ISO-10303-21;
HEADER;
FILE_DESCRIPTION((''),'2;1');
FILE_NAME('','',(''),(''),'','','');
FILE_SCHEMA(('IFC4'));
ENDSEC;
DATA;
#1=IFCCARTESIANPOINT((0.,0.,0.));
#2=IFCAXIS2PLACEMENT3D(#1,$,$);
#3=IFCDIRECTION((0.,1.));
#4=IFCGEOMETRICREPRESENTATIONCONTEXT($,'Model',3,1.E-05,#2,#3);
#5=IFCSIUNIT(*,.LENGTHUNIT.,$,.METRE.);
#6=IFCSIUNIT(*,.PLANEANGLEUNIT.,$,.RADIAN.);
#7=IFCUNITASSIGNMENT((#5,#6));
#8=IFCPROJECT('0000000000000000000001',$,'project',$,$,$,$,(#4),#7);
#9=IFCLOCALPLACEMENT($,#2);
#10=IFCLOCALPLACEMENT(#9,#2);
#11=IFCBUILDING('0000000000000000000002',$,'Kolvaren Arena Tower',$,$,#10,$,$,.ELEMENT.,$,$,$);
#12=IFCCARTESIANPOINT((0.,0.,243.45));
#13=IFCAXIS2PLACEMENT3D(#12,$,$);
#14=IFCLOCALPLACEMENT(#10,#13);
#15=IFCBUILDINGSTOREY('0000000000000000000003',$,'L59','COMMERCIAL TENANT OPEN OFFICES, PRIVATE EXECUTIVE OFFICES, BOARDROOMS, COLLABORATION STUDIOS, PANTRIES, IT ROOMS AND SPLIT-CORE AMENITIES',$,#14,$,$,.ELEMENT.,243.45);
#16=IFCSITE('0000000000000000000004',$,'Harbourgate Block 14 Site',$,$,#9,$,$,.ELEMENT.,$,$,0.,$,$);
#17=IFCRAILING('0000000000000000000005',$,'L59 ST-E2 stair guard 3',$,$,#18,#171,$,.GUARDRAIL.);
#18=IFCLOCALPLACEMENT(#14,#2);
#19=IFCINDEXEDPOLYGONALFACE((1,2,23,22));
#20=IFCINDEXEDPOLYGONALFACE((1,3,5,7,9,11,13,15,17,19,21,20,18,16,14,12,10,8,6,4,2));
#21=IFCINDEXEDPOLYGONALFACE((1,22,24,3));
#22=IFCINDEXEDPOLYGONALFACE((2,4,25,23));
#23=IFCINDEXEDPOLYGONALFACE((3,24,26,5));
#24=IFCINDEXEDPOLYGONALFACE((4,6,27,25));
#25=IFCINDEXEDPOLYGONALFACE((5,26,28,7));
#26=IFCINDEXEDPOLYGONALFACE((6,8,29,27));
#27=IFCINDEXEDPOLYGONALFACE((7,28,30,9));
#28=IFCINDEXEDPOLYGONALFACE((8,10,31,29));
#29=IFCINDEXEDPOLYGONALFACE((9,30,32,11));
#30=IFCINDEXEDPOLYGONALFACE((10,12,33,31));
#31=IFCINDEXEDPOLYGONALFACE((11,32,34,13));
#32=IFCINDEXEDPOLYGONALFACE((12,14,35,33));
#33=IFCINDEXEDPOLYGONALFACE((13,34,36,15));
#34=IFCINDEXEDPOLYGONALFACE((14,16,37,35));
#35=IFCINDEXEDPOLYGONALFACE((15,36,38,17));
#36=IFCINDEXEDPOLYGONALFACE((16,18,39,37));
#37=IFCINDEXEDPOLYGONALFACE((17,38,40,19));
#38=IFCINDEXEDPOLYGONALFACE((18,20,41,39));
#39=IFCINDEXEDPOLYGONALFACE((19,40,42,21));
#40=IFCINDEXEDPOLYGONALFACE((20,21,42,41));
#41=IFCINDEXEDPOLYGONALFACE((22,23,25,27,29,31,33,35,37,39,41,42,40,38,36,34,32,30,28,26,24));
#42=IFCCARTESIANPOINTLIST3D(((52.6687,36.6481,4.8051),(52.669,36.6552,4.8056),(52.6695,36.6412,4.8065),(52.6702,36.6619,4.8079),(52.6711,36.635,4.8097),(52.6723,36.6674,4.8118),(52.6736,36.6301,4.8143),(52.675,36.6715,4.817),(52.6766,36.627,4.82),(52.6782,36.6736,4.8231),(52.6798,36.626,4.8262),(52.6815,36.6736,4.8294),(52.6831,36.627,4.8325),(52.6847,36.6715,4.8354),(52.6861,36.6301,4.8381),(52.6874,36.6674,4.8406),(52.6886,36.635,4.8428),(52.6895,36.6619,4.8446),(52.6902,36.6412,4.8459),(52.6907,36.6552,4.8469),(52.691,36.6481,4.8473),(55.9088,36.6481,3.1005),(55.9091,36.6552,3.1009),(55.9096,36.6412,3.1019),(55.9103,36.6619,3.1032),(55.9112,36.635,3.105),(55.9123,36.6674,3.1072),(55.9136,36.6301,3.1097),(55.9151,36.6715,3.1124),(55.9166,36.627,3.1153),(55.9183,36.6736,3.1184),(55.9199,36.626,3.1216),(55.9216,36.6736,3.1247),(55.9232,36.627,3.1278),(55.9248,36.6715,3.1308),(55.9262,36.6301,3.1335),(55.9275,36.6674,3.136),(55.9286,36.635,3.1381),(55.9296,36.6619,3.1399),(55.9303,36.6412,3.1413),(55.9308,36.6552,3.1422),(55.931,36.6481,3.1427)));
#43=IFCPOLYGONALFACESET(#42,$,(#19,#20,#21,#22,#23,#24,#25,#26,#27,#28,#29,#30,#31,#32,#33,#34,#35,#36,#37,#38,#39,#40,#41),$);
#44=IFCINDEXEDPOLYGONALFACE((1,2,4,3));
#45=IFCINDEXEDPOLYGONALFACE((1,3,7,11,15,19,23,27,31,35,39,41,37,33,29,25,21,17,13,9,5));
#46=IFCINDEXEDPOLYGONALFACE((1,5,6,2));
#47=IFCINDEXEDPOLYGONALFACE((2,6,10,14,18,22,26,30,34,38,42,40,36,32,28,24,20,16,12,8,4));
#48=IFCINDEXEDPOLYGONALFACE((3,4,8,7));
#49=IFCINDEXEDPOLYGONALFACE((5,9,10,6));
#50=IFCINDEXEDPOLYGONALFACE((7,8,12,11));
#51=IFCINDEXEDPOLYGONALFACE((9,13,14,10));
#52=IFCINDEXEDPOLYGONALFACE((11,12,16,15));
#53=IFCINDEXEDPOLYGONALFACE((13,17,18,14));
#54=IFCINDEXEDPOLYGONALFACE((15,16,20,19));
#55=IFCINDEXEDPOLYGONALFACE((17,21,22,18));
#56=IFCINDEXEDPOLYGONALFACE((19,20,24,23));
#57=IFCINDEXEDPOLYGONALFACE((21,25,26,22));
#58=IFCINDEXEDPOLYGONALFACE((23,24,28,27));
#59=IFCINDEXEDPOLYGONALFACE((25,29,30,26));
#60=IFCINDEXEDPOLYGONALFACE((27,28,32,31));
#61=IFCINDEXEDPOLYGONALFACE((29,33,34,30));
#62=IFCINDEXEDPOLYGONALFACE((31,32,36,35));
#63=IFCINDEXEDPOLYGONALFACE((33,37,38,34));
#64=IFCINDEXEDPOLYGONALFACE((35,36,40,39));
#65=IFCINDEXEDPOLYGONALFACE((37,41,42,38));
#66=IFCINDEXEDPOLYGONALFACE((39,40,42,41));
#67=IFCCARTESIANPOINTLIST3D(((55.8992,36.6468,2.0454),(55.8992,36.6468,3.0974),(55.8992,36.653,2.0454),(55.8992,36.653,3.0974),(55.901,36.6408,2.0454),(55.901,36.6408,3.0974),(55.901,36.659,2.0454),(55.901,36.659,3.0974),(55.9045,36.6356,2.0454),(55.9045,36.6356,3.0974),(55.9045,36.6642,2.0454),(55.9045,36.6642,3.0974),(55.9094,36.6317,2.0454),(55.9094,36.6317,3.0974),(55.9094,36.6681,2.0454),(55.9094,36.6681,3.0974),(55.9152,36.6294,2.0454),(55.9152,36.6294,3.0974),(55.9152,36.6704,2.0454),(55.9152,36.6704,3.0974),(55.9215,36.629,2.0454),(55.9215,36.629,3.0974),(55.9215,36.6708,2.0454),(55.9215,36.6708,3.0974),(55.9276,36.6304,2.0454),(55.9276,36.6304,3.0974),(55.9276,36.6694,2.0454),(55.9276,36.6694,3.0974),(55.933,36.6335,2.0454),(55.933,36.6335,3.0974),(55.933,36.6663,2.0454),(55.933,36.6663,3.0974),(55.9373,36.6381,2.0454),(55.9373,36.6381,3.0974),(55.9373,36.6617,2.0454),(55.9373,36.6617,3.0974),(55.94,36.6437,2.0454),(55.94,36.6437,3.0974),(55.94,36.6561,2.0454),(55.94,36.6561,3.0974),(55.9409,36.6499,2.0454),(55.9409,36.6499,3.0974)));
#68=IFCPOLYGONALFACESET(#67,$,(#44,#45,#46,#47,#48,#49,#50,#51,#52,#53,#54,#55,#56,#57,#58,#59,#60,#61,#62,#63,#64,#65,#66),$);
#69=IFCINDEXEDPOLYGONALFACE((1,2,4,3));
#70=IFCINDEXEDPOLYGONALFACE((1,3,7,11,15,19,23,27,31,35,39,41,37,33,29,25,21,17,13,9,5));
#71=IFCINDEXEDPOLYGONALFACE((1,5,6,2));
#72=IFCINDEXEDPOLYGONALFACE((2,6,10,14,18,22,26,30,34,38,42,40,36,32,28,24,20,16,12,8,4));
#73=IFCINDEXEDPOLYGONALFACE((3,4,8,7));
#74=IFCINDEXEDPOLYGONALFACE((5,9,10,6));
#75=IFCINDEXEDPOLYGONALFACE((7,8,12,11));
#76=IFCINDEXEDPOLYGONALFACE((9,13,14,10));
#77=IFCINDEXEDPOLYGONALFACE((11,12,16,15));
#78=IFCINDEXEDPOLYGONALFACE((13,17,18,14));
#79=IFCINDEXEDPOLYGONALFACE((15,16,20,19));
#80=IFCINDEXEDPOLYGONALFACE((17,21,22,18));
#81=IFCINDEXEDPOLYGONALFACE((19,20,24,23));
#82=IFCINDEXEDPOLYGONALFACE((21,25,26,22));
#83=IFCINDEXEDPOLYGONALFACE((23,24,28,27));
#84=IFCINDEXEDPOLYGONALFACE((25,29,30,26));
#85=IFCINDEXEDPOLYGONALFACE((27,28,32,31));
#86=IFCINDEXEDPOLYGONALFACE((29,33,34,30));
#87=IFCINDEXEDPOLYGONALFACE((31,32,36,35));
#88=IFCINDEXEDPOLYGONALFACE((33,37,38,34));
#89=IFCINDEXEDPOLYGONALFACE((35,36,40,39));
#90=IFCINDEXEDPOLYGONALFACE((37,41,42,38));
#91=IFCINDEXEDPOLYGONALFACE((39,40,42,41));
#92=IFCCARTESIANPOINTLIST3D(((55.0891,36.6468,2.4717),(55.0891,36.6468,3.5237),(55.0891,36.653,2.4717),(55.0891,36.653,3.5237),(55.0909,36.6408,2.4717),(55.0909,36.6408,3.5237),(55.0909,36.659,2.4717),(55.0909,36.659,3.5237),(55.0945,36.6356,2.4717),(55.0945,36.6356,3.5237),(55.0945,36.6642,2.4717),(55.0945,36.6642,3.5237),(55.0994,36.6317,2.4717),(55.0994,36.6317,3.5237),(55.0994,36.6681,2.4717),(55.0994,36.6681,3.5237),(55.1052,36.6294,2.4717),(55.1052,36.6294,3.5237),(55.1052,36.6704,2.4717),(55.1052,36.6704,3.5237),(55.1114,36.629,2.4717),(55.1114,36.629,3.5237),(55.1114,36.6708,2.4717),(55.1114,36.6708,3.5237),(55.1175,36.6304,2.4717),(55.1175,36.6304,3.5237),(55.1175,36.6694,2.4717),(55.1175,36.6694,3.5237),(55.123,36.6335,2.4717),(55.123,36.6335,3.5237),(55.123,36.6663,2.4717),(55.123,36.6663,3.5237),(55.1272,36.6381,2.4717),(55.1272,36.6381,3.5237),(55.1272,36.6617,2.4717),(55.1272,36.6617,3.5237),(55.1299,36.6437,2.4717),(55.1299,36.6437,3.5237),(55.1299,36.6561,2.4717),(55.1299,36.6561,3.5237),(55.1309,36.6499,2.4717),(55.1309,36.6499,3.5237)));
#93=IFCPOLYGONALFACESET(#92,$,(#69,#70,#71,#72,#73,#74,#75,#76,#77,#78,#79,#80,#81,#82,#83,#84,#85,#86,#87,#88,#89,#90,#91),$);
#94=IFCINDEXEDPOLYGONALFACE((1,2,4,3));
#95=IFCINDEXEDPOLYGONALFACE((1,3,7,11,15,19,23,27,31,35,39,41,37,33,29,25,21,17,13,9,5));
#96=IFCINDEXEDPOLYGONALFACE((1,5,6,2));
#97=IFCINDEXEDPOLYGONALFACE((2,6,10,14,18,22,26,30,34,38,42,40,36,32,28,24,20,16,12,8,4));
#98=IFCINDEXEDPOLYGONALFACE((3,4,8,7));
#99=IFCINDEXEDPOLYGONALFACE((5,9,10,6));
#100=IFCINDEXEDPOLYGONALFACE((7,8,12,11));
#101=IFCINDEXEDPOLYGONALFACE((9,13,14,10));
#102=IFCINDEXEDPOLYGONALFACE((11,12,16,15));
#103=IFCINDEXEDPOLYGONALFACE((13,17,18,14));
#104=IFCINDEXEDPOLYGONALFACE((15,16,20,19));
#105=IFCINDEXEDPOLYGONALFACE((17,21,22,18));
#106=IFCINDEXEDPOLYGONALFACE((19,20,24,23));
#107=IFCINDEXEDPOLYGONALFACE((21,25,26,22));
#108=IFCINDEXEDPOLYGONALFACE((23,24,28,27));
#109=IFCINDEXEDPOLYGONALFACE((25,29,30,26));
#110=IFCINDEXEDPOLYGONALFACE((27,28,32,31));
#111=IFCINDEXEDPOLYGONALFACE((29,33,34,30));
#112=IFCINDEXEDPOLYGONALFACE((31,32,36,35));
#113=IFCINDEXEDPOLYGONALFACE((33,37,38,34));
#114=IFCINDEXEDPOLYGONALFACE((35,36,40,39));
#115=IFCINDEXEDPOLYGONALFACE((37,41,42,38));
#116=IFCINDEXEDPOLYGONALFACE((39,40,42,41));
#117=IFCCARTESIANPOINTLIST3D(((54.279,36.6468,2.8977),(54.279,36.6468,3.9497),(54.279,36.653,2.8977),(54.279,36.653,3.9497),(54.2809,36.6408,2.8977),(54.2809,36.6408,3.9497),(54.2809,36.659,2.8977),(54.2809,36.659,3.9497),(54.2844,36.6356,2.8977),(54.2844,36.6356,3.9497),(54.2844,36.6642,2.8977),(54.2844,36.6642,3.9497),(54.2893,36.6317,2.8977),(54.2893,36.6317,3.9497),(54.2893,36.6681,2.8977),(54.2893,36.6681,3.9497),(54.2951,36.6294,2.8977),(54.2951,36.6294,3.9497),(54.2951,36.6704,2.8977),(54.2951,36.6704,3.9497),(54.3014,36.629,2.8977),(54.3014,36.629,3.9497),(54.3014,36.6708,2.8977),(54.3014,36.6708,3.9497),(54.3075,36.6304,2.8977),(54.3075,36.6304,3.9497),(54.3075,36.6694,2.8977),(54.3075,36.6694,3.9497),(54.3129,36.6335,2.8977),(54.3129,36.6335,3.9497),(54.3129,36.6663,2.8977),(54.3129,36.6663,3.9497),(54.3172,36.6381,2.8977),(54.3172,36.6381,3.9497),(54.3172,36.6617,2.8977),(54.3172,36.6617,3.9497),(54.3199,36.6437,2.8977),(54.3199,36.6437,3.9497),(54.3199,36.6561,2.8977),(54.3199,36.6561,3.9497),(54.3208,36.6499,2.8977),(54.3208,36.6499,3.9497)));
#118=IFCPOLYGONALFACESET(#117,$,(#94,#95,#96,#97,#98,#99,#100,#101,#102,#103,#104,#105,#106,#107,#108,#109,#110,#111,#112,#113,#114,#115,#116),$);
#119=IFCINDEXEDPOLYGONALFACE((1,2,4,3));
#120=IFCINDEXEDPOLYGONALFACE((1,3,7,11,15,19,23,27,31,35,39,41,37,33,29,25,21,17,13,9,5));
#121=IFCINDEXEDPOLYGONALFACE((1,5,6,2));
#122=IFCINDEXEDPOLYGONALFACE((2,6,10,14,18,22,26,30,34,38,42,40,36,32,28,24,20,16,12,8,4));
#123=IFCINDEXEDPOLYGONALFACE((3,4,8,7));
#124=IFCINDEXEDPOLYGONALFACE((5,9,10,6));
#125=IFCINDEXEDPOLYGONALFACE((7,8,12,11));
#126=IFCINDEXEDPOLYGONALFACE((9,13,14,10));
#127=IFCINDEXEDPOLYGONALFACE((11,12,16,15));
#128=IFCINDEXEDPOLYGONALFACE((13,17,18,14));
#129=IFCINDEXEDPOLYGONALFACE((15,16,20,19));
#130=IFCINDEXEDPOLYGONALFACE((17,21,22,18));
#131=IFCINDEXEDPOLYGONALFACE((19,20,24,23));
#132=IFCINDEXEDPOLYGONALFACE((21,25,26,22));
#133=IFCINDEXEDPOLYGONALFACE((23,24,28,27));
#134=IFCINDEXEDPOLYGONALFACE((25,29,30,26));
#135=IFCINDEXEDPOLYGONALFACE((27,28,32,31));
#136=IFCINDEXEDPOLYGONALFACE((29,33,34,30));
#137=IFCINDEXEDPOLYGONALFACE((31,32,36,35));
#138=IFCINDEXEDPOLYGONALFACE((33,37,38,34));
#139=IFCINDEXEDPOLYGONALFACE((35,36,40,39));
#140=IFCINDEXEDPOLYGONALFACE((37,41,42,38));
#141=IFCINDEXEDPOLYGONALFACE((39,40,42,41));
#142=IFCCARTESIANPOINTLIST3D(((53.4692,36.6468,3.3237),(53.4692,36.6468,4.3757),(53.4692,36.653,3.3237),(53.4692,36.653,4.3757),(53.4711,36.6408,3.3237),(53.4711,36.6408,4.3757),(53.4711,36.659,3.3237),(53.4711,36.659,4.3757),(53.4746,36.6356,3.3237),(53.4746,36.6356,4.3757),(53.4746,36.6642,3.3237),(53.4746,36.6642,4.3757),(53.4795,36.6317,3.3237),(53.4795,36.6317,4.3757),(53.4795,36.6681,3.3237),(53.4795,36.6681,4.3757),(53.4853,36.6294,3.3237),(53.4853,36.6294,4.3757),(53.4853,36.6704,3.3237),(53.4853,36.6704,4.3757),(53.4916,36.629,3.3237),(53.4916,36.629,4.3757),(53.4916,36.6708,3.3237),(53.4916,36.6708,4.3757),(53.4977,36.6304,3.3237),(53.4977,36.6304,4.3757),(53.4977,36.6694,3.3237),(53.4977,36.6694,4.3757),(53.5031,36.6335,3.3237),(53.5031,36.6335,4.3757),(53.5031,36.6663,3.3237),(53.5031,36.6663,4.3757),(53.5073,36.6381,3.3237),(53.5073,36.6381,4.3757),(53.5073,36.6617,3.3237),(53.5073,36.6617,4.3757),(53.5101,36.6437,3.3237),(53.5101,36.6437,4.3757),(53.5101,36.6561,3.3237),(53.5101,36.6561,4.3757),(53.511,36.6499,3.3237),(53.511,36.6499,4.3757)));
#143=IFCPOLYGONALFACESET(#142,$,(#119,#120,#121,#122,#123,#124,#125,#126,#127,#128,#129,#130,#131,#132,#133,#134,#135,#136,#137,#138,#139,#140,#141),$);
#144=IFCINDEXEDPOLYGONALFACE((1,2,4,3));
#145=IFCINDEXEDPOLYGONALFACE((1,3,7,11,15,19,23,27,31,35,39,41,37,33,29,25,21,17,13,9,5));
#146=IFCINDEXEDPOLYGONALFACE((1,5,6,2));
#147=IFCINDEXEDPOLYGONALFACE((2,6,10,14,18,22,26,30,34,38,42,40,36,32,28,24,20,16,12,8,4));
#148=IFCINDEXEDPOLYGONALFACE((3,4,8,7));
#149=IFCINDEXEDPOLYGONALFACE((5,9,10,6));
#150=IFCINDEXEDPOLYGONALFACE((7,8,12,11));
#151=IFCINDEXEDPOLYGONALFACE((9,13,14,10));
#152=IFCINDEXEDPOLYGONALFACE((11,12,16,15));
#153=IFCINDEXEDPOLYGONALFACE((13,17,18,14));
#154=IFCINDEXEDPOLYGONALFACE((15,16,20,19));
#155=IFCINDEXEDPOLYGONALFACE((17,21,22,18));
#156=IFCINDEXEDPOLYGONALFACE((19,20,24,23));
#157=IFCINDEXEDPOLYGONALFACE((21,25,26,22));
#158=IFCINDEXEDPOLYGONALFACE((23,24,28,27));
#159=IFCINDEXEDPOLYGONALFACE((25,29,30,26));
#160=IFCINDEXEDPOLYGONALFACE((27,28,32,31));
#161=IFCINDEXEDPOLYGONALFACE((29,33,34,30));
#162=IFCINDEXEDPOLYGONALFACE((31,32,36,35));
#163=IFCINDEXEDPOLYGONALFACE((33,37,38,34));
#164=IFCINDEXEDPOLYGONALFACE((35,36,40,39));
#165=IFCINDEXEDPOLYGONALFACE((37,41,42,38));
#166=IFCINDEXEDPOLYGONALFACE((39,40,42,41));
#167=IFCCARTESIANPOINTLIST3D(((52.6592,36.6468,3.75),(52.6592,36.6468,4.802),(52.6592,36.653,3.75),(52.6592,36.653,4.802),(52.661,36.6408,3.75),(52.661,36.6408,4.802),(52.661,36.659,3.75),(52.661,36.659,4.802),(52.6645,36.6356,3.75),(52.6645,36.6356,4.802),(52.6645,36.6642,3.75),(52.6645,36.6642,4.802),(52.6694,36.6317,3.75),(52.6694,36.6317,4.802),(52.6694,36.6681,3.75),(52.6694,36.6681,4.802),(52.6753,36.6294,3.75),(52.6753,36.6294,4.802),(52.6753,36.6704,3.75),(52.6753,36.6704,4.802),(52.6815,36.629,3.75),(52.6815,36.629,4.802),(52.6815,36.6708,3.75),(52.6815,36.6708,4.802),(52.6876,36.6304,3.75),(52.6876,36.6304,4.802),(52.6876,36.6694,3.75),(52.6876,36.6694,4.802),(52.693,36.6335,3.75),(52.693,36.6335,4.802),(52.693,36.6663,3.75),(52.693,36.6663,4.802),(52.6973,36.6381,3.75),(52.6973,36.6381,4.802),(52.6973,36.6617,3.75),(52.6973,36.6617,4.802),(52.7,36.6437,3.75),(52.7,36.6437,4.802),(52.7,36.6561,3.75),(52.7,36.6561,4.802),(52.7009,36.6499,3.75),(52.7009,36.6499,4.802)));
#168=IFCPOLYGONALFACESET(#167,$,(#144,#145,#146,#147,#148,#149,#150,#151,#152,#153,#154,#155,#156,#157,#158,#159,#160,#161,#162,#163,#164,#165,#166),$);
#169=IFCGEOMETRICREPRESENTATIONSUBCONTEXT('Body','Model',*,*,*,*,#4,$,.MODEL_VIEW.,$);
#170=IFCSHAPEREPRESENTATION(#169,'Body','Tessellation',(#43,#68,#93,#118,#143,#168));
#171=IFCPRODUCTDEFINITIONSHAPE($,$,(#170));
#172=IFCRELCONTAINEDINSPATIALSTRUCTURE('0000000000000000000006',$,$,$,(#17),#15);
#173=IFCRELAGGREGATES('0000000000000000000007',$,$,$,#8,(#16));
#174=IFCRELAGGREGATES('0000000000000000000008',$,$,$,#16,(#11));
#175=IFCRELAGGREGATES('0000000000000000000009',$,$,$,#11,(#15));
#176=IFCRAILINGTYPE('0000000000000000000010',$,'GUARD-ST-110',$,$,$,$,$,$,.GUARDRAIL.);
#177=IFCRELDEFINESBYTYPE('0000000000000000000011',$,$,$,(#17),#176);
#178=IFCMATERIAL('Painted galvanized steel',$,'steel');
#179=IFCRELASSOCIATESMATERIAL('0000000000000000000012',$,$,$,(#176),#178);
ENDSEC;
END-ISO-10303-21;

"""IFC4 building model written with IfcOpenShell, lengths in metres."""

from ifc_helpers import new_model, si_unit, direction, frame, origin, origin_2d, place, context, subcontext, project, spatial, circle, extrude, material, type_object, element, save


model = new_model("IFC4")

# Units and contexts
model_context = context("Model", 3, precision=1e-05, world=origin(), true_north=direction((0.0, 1.0)))
body_context = subcontext(model_context, "Body", "Model", "MODEL_VIEW")
ifc_project = project(units=[si_unit("LENGTHUNIT", "METRE"), si_unit("PLANEANGLEUNIT", "RADIAN")], contexts=[model_context])

# Site, building, storey
site_placement = place(None, origin())
site = spatial("IfcSite", under=ifc_project, at=site_placement, Name="Harbourgate Block 14 Site", CompositionType="ELEMENT", RefElevation=0.0)
building_placement = place(site_placement, origin())
building = spatial("IfcBuilding", under=site, at=building_placement, Name="Kolvaren Arena Tower", CompositionType="ELEMENT")
storey_placement = place(building_placement, frame((0.0, 0.0, 243.45)))
storey = spatial("IfcBuildingStorey", under=building, at=storey_placement, Name="L59", Description="COMMERCIAL TENANT OPEN OFFICES, PRIVATE EXECUTIVE OFFICES, BOARDROOMS, COLLABORATION STUDIOS, PANTRIES, IT ROOMS AND SPLIT-CORE AMENITIES", CompositionType="ELEMENT", Elevation=243.45)

# Railing
ifc_material_1 = material(Name="Painted galvanized steel", Category="steel")
railing_type_1 = type_object("IfcRailingType", Name="GUARD-ST-110", PredefinedType="GUARDRAIL", material=ifc_material_1)
railing_1_placement = place(storey_placement, frame((55.9199, 36.6499, 2.0454)))
element("IfcRailing", 1, at=railing_1_placement, inside=storey, type_object=railing_type_1, Name="L59 ST-E2 stair guard 3", PredefinedType="GUARDRAIL", context=body_context, shape_type="SweptSolid", body=[
    extrude(circle(Radius=0.0239, at=origin_2d()), frame((0.0, 0.0, 1.0762), z_axis=(-0.884993, 0.0, 0.465604), x_axis=(0.0, -1.0, 0.0)), (0.0, 0.0, 1.0), 3.6611),
    extrude(circle(Radius=0.021, at=origin_2d()), origin(), (0.0, 0.0, 1.0), 1.052),
    extrude(circle(Radius=0.021, at=origin_2d()), frame((-0.8101, 0.0, 0.4263)), (0.0, 0.0, 1.0), 1.052),
    extrude(circle(Radius=0.021, at=origin_2d()), frame((-1.6201, 0.0, 0.8523)), (0.0, 0.0, 1.0), 1.052),
    extrude(circle(Radius=0.021, at=origin_2d()), frame((-2.4299, 0.0, 1.2783)), (0.0, 0.0, 1.0), 1.052),
    extrude(circle(Radius=0.021, at=origin_2d()), frame((-3.24, 0.0, 1.7046)), (0.0, 0.0, 1.0), 1.052),
])

save(model, "model.ifc")
